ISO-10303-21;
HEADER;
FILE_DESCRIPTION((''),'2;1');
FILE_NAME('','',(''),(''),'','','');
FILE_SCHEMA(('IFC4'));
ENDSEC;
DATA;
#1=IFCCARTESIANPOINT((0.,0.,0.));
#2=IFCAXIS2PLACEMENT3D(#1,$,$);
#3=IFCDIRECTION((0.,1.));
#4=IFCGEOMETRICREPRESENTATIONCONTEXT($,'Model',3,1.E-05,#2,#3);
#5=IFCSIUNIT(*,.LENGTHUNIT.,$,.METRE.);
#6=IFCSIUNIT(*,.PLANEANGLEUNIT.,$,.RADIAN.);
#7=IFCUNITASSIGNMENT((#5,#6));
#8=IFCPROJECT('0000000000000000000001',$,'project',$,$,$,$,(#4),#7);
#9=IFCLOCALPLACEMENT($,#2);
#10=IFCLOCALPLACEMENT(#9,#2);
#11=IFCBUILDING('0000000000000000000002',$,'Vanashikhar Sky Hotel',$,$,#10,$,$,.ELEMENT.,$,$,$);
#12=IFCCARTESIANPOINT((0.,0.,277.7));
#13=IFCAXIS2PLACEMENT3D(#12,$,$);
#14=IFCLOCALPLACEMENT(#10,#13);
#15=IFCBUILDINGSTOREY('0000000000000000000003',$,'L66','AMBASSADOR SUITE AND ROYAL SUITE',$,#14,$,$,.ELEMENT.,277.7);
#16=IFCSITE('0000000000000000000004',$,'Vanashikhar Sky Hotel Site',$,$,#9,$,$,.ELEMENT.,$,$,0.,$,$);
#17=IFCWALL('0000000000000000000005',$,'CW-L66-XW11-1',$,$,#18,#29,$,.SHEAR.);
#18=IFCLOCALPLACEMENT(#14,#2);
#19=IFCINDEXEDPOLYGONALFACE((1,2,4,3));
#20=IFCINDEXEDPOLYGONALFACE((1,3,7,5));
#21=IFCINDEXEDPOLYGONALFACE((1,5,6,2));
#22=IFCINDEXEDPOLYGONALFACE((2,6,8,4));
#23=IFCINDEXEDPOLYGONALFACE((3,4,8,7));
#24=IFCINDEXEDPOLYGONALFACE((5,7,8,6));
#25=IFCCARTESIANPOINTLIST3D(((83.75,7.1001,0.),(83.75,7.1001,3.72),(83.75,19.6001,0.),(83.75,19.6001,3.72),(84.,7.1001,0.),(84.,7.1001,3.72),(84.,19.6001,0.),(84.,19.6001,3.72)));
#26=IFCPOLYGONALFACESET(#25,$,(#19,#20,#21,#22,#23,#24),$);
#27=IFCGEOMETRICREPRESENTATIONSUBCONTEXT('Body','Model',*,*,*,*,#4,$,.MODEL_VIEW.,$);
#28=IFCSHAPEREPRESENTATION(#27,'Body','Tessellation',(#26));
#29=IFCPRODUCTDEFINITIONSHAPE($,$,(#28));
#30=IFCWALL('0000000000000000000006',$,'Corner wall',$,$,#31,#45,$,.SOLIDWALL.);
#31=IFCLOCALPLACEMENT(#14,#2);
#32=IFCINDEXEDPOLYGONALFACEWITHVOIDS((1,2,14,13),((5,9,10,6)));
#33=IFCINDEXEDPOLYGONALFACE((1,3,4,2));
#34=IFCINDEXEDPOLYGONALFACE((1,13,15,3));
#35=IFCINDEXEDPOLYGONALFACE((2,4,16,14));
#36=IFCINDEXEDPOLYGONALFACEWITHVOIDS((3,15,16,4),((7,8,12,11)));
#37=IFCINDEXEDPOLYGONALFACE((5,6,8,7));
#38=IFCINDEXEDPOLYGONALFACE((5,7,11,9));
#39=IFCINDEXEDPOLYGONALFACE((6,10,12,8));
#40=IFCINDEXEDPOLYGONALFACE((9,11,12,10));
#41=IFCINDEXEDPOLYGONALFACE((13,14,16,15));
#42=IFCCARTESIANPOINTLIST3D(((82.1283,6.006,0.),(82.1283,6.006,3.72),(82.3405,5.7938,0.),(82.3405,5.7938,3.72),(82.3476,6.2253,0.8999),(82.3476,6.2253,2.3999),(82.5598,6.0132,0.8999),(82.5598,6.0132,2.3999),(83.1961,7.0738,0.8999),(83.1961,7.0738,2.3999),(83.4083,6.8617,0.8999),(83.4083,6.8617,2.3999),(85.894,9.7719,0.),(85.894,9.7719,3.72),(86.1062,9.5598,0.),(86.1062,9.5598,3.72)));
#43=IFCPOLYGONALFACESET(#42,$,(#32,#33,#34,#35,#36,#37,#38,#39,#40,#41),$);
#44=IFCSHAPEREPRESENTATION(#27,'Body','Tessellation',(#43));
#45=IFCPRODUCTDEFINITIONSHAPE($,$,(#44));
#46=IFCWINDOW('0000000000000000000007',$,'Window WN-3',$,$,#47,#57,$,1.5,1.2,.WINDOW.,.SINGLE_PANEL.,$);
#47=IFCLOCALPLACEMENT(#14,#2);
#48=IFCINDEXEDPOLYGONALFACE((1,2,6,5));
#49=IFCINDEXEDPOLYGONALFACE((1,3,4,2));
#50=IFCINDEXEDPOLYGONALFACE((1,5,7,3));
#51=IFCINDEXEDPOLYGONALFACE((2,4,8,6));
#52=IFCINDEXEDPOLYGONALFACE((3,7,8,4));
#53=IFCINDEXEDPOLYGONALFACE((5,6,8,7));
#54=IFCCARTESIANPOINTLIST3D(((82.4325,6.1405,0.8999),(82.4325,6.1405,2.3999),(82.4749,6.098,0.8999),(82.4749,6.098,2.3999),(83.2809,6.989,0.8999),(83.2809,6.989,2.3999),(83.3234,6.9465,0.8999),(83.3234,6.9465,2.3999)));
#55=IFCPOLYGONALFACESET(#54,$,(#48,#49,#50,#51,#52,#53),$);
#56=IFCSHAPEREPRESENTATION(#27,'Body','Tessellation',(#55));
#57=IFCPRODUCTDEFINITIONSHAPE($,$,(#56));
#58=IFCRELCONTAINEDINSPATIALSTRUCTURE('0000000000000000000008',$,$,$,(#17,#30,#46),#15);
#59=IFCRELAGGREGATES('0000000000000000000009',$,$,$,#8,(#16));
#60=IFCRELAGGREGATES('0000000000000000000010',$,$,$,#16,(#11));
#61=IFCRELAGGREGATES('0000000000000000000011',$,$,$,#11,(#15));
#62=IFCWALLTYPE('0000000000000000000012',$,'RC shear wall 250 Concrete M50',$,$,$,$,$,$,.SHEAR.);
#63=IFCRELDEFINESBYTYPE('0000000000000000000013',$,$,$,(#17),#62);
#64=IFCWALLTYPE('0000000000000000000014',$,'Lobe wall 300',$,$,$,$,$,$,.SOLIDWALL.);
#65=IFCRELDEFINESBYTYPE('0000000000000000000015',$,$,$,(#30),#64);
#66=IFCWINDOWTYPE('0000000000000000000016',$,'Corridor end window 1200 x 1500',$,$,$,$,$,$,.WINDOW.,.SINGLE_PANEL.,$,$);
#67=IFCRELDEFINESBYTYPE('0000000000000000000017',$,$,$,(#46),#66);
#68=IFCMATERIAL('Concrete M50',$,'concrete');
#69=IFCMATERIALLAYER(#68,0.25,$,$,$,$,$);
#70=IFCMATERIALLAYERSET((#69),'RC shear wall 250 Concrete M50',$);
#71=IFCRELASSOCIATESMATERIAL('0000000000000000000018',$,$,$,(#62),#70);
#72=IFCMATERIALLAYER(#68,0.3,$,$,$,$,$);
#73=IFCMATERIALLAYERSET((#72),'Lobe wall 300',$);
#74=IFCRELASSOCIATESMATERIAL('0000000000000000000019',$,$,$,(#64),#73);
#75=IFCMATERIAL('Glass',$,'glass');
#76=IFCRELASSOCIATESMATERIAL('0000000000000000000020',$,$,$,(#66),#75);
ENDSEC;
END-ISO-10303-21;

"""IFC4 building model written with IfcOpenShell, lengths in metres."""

from ifc_helpers import new_model, si_unit, direction, frame, frame_2d, origin, place, context, subcontext, project, spatial, rectangle, extrude, source, transform, mapped, material, layer, layer_set, type_object, element, fill, save


model = new_model("IFC4")

# Units and contexts
model_context = context("Model", 3, precision=1e-05, world=origin(), true_north=direction((0.0, 1.0)))
body_context = subcontext(model_context, "Body", "Model", "MODEL_VIEW")
ifc_project = project(units=[si_unit("LENGTHUNIT", "METRE"), si_unit("PLANEANGLEUNIT", "RADIAN")], contexts=[model_context])

# Site, building, storey
site_placement = place(None, origin())
site = spatial("IfcSite", under=ifc_project, at=site_placement, Name="Vanashikhar Sky Hotel Site", CompositionType="ELEMENT", RefElevation=0.0)
building_placement = place(site_placement, origin())
building = spatial("IfcBuilding", under=site, at=building_placement, Name="Vanashikhar Sky Hotel", CompositionType="ELEMENT")
storey_placement = place(building_placement, frame((0.0, 0.0, 277.7)))
storey = spatial("IfcBuildingStorey", under=building, at=storey_placement, Name="L66", Description="AMBASSADOR SUITE AND ROYAL SUITE", CompositionType="ELEMENT", Elevation=277.7)

# Wall
ifc_material_1 = material(Name="Concrete M50", Category="concrete")
ifc_layer_1 = layer(ifc_material_1, 0.25)
ifc_layer_set_1 = layer_set([ifc_layer_1], Name="RC shear wall 250 Concrete M50")
wall_type_1 = type_object("IfcWallType", Name="RC shear wall 250 Concrete M50", PredefinedType="SHEAR", material=ifc_layer_set_1)
shared_shape_1 = source(origin(), body_context, "Body", "SweptSolid", [
    extrude(rectangle(XDim=12.5, YDim=0.25, at=frame_2d((6.25, 0.0))), origin(), (0.0, 0.0, 1.0), 3.72),
])
wall_1_placement = place(storey_placement, frame((83.875, 7.1001, 0.0), z_axis=(0.0, 0.0, 1.0), x_axis=(0.0, 1.0, 0.0)))
element("IfcWall", 1, at=wall_1_placement, inside=storey, type_object=wall_type_1, Name="CW-L66-XW11-1", PredefinedType="SHEAR", context=body_context, shape_type="MappedRepresentation", body=[
    mapped(shared_shape_1, transform((0.0, 0.0, 0.0), scale=1.0)),
])

# Wall, opening, window
ifc_layer_2 = layer(ifc_material_1, 0.3)
ifc_layer_set_2 = layer_set([ifc_layer_2], Name="Lobe wall 300")
wall_type_2 = type_object("IfcWallType", Name="Lobe wall 300", PredefinedType="SOLIDWALL", material=ifc_layer_set_2)
shared_shape_2 = source(origin(), body_context, "Body", "SweptSolid", [
    extrude(rectangle(XDim=5.3257, YDim=0.3, at=frame_2d((2.6628, 0.0))), origin(), (0.0, 0.0, 1.0), 3.72),
])
wall_2_placement = place(storey_placement, frame((82.2344, 5.8999, 0.0), z_axis=(0.0, 0.0, 1.0), x_axis=(0.707084, 0.70713, 0.0)))
wall_2 = element("IfcWall", 2, at=wall_2_placement, inside=storey, type_object=wall_type_2, Name="Corner wall", PredefinedType="SOLIDWALL", context=body_context, shape_type="MappedRepresentation", body=[
    mapped(shared_shape_2, transform((0.0, 0.0, 0.0), scale=1.0)),
])
shared_shape_3 = source(origin(), body_context, "Body", "SweptSolid", [
    extrude(rectangle(XDim=1.2, YDim=1.5, at=frame_2d((0.6001, 0.75))), frame((0.0, 0.1602, 0.0), z_axis=(0.0, -1.0, 0.0), x_axis=(1.0, 0.0, 0.0)), (0.0, 0.0, 1.0), 0.3201),
])
opening_1_placement = place(wall_2_placement, frame((0.3101, 0.0, 0.8999)))
opening_1 = element("IfcOpeningElement", 3, at=opening_1_placement, cuts=wall_2, PredefinedType="OPENING", context=body_context, shape_type="MappedRepresentation", body=[
    mapped(shared_shape_3, transform((0.0, 0.0, 0.0), scale=1.0)),
])
ifc_material_2 = material(Name="Glass", Category="glass")
window_type_1 = type_object("IfcWindowType", Name="Corridor end window 1200 x 1500", PartitioningType="SINGLE_PANEL", PredefinedType="WINDOW", material=ifc_material_2)
shared_shape_4 = source(origin(), body_context, "Body", "SweptSolid", [
    extrude(rectangle(XDim=1.2, YDim=1.5, at=frame_2d((0.6001, 0.75))), frame((0.0, 0.03, 0.0), z_axis=(0.0, -1.0, 0.0), x_axis=(1.0, 0.0, 0.0)), (0.0, 0.0, 1.0), 0.0601),
])
window_1_placement = place(opening_1_placement, origin())
window_1 = element("IfcWindow", 4, at=window_1_placement, inside=storey, type_object=window_type_1, Name="Window WN-3", OverallHeight=1.5, OverallWidth=1.2, PartitioningType="SINGLE_PANEL", PredefinedType="WINDOW", context=body_context, shape_type="MappedRepresentation", body=[
    mapped(shared_shape_4, transform((0.0, 0.0, 0.0), scale=1.0)),
])
fill(opening_1, window_1)

save(model, "model.ifc")
